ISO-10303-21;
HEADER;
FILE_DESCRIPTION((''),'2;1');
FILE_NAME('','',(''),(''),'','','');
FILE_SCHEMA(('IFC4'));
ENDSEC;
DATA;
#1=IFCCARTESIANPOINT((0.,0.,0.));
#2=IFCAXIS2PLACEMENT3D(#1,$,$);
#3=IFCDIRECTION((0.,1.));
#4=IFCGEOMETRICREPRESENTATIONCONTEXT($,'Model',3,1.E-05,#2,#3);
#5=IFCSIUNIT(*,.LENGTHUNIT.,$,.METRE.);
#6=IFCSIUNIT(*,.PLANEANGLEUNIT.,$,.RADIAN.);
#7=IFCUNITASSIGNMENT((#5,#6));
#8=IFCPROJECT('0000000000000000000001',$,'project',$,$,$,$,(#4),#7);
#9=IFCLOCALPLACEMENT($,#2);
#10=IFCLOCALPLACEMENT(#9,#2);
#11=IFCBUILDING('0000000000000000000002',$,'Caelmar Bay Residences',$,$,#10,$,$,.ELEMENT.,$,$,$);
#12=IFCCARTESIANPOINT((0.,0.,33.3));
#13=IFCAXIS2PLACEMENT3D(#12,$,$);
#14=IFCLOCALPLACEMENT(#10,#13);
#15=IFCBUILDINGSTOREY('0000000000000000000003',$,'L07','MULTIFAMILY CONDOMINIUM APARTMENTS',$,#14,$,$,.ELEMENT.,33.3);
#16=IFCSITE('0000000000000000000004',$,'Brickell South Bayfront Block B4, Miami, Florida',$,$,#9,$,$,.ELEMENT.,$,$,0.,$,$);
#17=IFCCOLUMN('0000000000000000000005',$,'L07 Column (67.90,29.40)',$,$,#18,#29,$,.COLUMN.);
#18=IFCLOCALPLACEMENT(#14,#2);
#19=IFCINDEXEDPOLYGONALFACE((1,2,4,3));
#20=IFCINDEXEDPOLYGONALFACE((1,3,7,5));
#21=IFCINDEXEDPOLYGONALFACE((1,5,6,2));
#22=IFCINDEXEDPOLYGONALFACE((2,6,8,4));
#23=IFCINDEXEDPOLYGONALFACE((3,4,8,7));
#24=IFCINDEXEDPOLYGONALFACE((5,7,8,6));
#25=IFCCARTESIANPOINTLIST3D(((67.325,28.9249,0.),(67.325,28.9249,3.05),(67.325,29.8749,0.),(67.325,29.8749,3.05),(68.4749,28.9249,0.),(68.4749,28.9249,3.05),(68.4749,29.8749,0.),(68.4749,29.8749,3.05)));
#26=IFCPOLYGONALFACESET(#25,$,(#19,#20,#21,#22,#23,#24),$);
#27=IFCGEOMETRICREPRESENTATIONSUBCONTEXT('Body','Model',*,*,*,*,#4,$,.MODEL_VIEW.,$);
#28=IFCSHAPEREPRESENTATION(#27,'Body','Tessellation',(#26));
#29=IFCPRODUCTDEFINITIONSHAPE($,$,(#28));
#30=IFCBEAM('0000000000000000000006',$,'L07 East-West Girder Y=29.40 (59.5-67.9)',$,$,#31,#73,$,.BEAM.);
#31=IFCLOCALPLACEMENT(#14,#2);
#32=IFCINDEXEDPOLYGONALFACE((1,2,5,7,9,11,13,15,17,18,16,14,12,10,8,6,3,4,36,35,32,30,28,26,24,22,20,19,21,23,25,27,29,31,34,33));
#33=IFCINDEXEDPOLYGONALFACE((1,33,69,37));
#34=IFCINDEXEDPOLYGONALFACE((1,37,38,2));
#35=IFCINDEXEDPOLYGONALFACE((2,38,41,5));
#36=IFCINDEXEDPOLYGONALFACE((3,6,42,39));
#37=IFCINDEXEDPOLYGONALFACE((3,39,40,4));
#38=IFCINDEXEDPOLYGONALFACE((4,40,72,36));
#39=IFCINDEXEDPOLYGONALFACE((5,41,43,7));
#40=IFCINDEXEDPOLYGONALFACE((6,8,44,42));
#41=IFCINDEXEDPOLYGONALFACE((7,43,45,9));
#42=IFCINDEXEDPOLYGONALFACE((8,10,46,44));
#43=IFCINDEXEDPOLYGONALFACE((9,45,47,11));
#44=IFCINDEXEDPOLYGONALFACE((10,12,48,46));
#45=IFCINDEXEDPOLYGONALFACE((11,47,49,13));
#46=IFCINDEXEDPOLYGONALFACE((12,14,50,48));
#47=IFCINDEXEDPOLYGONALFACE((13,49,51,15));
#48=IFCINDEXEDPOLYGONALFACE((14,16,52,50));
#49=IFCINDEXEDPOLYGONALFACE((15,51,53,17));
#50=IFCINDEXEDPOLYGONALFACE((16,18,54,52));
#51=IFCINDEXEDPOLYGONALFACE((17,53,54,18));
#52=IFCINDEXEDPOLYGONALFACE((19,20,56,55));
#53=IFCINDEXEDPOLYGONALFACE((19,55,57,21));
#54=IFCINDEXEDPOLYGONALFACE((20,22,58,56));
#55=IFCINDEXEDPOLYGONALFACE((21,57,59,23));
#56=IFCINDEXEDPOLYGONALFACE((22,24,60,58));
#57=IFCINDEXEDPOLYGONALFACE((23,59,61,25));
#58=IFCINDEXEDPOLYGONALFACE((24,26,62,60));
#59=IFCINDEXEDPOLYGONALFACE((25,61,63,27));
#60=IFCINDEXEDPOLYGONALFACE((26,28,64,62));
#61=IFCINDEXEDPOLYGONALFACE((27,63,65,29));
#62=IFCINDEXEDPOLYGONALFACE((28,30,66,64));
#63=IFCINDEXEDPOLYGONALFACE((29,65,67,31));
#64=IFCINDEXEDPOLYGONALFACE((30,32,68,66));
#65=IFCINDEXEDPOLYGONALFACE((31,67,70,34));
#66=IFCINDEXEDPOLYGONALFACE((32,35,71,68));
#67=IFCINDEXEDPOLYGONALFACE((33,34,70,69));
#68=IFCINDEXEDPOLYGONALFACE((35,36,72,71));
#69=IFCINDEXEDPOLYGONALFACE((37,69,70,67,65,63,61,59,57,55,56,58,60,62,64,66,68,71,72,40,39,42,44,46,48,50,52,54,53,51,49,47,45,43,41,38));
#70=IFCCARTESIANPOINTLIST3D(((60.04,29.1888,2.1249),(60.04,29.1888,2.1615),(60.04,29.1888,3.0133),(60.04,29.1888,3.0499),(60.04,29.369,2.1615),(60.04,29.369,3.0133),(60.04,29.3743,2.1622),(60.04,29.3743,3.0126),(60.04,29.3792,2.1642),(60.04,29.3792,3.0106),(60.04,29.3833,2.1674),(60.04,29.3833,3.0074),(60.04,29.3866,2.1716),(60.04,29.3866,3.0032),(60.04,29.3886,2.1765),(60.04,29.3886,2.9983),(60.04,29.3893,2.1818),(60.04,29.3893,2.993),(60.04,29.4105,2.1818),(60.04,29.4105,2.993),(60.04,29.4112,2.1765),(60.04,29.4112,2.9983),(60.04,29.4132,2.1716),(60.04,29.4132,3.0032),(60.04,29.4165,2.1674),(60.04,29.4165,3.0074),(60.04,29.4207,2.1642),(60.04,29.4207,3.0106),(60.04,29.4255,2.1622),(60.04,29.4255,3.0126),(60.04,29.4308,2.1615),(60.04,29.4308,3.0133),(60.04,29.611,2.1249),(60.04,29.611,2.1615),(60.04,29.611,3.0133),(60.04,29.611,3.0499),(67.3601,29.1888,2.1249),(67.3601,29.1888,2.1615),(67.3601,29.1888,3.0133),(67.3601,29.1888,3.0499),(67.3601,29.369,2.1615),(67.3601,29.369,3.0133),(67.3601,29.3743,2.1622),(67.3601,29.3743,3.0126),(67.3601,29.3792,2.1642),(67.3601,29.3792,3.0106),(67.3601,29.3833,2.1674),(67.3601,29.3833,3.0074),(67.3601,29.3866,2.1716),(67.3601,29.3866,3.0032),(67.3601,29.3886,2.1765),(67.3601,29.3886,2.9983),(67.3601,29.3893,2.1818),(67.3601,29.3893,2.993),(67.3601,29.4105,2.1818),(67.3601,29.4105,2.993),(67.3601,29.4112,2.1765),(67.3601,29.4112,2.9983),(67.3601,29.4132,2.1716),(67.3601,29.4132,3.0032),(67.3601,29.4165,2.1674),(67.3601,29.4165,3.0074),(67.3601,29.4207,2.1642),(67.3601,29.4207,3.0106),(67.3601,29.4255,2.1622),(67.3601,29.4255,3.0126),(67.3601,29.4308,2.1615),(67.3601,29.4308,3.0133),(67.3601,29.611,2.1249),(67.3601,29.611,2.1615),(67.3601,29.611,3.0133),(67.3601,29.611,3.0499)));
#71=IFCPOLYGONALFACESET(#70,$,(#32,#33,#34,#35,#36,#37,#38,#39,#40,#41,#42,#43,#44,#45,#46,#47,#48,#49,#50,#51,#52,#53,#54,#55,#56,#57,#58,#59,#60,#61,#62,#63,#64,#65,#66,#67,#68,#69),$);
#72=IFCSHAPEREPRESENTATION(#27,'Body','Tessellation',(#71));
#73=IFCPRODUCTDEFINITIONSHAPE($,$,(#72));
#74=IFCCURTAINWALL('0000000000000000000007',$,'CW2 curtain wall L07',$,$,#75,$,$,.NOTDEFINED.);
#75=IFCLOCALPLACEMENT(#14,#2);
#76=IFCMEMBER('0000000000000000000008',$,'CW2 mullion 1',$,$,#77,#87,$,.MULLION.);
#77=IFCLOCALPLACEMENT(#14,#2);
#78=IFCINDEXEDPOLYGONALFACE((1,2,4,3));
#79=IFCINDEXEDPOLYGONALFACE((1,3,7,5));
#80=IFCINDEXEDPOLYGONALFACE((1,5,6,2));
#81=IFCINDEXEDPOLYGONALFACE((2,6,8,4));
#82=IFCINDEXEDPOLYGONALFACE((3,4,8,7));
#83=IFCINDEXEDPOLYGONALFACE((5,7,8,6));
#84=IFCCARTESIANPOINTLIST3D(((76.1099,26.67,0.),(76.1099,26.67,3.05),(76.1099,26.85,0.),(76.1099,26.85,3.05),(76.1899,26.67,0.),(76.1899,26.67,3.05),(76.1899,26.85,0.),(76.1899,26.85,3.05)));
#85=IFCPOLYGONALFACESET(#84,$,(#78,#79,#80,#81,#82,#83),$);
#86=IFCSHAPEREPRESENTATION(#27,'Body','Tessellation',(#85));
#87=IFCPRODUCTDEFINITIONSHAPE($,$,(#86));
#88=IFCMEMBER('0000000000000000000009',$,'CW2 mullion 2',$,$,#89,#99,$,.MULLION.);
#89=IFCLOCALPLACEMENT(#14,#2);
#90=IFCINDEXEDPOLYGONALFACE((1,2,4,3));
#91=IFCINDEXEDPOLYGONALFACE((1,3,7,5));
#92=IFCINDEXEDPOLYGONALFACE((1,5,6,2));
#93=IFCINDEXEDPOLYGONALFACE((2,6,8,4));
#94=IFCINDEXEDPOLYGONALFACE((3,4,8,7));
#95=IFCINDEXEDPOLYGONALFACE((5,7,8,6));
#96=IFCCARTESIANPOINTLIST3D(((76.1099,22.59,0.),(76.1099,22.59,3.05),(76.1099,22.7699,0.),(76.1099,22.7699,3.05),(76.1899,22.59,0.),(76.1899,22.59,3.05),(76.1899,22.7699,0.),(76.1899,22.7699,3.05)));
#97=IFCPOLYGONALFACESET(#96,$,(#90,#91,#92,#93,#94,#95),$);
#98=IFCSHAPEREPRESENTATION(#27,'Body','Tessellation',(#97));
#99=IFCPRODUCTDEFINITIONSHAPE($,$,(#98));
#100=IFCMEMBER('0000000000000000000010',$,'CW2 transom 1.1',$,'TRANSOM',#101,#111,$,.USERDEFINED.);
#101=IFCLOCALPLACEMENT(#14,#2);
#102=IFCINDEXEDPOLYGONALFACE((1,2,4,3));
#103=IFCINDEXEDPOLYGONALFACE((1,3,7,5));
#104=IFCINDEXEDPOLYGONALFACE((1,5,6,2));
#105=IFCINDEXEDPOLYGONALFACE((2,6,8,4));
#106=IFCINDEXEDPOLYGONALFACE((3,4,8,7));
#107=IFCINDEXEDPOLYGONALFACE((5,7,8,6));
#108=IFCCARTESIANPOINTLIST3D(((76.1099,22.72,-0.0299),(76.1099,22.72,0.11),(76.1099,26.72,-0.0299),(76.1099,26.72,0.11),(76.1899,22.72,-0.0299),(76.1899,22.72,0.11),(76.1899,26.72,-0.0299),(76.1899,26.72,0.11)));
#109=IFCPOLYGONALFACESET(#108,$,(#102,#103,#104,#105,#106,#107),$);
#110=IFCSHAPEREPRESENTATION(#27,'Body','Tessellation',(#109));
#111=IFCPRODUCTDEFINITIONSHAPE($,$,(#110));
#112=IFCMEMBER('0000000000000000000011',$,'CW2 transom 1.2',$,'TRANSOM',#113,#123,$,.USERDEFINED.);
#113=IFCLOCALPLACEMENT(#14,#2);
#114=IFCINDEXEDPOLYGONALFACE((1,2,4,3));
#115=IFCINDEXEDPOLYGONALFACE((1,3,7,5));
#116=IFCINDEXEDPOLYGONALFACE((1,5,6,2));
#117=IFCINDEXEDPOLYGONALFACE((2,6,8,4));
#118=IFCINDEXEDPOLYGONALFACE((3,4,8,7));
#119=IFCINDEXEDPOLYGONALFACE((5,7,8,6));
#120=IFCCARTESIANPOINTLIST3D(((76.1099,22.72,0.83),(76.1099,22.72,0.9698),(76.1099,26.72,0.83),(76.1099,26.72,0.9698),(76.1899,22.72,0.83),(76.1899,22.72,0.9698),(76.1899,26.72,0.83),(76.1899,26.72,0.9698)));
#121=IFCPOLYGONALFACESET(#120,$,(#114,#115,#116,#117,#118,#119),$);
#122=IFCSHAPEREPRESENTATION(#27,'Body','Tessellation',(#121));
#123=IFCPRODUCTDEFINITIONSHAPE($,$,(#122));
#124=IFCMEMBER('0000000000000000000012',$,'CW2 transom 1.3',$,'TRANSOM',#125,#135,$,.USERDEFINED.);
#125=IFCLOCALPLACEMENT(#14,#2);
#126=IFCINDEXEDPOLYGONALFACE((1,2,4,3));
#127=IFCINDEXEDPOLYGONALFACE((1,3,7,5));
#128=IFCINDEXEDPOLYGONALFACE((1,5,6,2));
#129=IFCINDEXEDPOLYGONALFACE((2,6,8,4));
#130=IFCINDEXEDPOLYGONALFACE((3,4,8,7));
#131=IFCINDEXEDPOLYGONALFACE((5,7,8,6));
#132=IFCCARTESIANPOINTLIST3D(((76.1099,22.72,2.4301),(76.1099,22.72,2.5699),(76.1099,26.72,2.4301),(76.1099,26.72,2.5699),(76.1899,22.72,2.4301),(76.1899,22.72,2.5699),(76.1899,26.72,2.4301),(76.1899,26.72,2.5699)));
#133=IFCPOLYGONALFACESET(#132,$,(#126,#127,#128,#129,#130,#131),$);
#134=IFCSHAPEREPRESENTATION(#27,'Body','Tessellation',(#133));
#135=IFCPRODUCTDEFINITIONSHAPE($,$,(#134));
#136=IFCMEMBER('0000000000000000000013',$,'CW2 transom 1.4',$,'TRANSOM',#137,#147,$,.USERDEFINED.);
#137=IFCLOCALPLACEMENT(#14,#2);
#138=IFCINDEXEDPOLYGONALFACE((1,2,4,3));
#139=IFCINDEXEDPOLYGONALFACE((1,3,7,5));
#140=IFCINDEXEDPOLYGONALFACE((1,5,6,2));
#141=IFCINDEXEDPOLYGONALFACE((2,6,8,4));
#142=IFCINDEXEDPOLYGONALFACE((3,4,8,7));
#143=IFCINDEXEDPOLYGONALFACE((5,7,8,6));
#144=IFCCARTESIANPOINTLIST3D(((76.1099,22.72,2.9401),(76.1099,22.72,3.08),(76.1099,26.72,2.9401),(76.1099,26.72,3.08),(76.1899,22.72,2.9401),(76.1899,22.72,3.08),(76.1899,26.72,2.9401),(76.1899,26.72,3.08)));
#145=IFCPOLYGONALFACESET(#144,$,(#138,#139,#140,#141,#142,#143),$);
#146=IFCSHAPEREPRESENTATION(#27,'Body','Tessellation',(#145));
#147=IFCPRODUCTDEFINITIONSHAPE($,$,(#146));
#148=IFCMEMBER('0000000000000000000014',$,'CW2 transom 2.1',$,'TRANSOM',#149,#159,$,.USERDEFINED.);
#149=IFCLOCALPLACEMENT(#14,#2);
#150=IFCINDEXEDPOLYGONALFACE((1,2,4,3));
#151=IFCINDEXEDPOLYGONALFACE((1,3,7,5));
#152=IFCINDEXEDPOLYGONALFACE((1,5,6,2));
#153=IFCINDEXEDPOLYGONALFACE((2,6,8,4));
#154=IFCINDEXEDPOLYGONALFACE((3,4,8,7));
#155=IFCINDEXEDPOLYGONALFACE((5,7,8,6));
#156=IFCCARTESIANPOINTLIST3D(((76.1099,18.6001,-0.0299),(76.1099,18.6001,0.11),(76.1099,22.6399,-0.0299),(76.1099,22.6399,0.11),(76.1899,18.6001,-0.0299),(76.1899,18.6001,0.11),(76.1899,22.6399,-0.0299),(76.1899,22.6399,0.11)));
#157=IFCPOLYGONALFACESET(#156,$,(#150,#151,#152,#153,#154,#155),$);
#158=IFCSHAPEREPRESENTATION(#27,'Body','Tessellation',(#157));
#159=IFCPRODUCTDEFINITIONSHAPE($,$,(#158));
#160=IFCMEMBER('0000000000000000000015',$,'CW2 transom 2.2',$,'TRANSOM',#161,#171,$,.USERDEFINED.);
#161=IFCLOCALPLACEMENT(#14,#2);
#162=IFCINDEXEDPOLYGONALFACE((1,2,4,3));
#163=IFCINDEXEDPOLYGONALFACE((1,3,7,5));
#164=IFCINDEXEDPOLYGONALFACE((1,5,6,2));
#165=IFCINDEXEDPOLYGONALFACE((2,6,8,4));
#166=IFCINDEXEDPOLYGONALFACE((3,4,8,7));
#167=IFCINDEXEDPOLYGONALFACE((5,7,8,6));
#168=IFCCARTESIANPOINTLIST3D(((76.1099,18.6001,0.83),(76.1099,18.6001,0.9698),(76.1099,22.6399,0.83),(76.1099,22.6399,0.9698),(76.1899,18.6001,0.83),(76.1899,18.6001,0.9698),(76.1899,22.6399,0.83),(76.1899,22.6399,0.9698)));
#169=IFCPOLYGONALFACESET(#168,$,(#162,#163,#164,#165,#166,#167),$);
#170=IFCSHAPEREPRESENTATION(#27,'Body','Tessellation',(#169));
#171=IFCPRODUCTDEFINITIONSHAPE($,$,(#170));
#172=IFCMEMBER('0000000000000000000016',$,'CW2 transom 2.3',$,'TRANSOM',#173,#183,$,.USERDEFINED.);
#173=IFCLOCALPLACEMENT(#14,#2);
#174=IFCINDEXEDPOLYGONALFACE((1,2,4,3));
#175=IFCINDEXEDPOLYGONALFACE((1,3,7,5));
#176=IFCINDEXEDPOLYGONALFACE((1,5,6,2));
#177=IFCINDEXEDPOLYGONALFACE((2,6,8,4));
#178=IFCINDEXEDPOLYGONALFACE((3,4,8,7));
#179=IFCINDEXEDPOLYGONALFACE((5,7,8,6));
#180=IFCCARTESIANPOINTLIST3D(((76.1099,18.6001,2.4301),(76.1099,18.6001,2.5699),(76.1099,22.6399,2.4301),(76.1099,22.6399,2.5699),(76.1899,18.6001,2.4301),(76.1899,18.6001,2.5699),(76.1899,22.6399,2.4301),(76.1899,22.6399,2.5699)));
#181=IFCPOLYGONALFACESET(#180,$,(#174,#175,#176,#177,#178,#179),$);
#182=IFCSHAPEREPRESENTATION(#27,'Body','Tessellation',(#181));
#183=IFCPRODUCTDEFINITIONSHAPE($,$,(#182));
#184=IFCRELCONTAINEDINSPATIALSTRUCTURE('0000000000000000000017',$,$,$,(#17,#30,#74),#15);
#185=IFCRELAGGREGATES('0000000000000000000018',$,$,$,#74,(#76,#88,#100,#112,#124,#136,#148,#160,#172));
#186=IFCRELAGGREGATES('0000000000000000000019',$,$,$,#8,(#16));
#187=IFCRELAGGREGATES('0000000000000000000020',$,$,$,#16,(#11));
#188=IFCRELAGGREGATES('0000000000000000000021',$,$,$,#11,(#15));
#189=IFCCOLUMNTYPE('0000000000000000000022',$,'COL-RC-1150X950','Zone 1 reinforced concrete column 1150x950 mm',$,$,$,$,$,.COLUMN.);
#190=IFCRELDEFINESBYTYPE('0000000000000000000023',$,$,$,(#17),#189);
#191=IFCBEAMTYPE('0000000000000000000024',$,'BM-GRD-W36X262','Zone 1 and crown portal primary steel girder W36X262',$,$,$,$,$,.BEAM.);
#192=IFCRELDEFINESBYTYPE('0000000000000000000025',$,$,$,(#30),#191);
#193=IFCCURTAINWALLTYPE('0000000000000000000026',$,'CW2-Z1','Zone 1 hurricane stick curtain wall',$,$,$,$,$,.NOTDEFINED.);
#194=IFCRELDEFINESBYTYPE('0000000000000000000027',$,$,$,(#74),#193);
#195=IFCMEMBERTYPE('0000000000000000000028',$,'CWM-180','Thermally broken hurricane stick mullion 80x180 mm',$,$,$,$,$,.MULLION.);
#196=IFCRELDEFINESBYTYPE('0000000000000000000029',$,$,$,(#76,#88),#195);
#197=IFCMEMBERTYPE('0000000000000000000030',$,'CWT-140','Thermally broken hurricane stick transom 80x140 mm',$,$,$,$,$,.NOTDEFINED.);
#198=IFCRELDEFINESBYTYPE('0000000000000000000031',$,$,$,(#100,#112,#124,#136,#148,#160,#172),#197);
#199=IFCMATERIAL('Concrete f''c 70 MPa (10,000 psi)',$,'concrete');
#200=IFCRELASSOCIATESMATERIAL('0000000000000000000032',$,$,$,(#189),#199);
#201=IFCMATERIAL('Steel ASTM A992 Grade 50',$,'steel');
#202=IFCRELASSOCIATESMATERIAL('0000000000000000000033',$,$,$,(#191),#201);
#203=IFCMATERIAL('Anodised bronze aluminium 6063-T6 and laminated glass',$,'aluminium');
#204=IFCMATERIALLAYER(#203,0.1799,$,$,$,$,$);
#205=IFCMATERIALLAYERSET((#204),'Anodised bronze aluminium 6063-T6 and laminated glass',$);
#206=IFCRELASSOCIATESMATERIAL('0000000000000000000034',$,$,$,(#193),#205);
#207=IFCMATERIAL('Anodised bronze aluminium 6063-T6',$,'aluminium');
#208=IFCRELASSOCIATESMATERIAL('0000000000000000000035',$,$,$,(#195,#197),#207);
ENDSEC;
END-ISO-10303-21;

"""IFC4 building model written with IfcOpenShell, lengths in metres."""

from ifc_helpers import new_model, si_unit, direction, frame, origin, origin_2d, place, context, subcontext, project, spatial, rectangle, i_section, extrude, material, layer, layer_set, material_profile, profile_set, type_object, element, aggregate, save


model = new_model("IFC4")

# Units and contexts
model_context = context("Model", 3, precision=1e-05, world=origin(), true_north=direction((0.0, 1.0)))
body_context = subcontext(model_context, "Body", "Model", "MODEL_VIEW")
ifc_project = project(units=[si_unit("LENGTHUNIT", "METRE"), si_unit("PLANEANGLEUNIT", "RADIAN")], contexts=[model_context])

# Site, building, storey
site_placement = place(None, origin())
site = spatial("IfcSite", under=ifc_project, at=site_placement, Name="Brickell South Bayfront Block B4, Miami, Florida", CompositionType="ELEMENT", RefElevation=0.0)
building_placement = place(site_placement, origin())
building = spatial("IfcBuilding", under=site, at=building_placement, Name="Caelmar Bay Residences", CompositionType="ELEMENT")
storey_placement = place(building_placement, frame((0.0, 0.0, 33.3)))
storey = spatial("IfcBuildingStorey", under=building, at=storey_placement, Name="L07", Description="MULTIFAMILY CONDOMINIUM APARTMENTS", CompositionType="ELEMENT", Elevation=33.3)

# Column
ifc_material_1 = material(Name="Concrete f'c 70 MPa (10,000 psi)", Category="concrete")
ifc_material_profile_1 = material_profile(ifc_material_1, rectangle(XDim=1.1499, YDim=0.95, at=origin_2d()), Name="RC-COL-1150X950")
ifc_profile_set_1 = profile_set([ifc_material_profile_1], Name="Concrete f'c 70 MPa (10,000 psi)")
column_type = type_object("IfcColumnType", Name="COL-RC-1150X950", Description="Zone 1 reinforced concrete column 1150x950 mm", PredefinedType="COLUMN", material=ifc_profile_set_1)
column_placement = place(storey_placement, frame((67.8999, 29.3999, 0.0), z_axis=(0.0, 0.0, 1.0), x_axis=(1.0, 0.0, 0.0)))
element("IfcColumn", 1, at=column_placement, inside=storey, type_object=column_type, Name="L07 Column (67.90,29.40)", PredefinedType="COLUMN", context=body_context, shape_type="SweptSolid", body=[
    extrude(rectangle(XDim=1.1499, YDim=0.95, at=origin_2d()), origin(), (0.0, 0.0, 1.0), 3.05),
])

# Beam
ifc_material_2 = material(Name="Steel ASTM A992 Grade 50", Category="steel")
ifc_material_profile_2 = material_profile(ifc_material_2, i_section(OverallWidth=0.4221, OverallDepth=0.925, WebThickness=0.0212, FlangeThickness=0.0366, FilletRadius=0.0203, at=origin_2d()), Name="W36X262")
ifc_profile_set_2 = profile_set([ifc_material_profile_2], Name="Steel ASTM A992 Grade 50")
beam_type = type_object("IfcBeamType", Name="BM-GRD-W36X262", Description="Zone 1 and crown portal primary steel girder W36X262", PredefinedType="BEAM", material=ifc_profile_set_2)
beam_placement = place(storey_placement, frame((60.04, 29.3999, 2.5874), z_axis=(1.0, 0.0, 0.0), x_axis=(0.0, 1.0, 0.0)))
element("IfcBeam", 2, at=beam_placement, inside=storey, type_object=beam_type, Name="L07 East-West Girder Y=29.40 (59.5-67.9)", PredefinedType="BEAM", context=body_context, shape_type="SweptSolid", body=[
    extrude(i_section(OverallWidth=0.4221, OverallDepth=0.925, WebThickness=0.0212, FlangeThickness=0.0366, FilletRadius=0.0203, at=origin_2d()), origin(), (0.0, 0.0, 1.0), 7.3201),
])

# Curtain wall, members
ifc_material_3 = material(Name="Anodised bronze aluminium 6063-T6 and laminated glass", Category="aluminium")
ifc_layer_1 = layer(ifc_material_3, 0.1799)
ifc_layer_set_1 = layer_set([ifc_layer_1], Name="Anodised bronze aluminium 6063-T6 and laminated glass")
curtain_wall_type = type_object("IfcCurtainWallType", Name="CW2-Z1", Description="Zone 1 hurricane stick curtain wall", PredefinedType="NOTDEFINED", material=ifc_layer_set_1)
curtain_wall_placement = place(storey_placement, origin())
curtain_wall = element("IfcCurtainWall", 3, at=curtain_wall_placement, inside=storey, type_object=curtain_wall_type, Name="CW2 curtain wall L07", PredefinedType="NOTDEFINED")
ifc_material_4 = material(Name="Anodised bronze aluminium 6063-T6", Category="aluminium")
ifc_material_profile_3 = material_profile(ifc_material_4, rectangle(XDim=0.0801, YDim=0.1799, at=origin_2d()), Name="CWM-80X180")
ifc_profile_set_3 = profile_set([ifc_material_profile_3], Name="Anodised bronze aluminium 6063-T6")
member_type_1 = type_object("IfcMemberType", Name="CWM-180", Description="Thermally broken hurricane stick mullion 80x180 mm", PredefinedType="MULLION", material=ifc_profile_set_3)
member_1_placement = place(storey_placement, frame((76.1499, 26.76, 0.0), z_axis=(0.0, 0.0, 1.0), x_axis=(1.0, 0.0, 0.0)))
member_1 = element("IfcMember", 4, at=member_1_placement, type_object=member_type_1, Name="CW2 mullion 1", PredefinedType="MULLION", context=body_context, shape_type="SweptSolid", body=[
    extrude(rectangle(XDim=0.0801, YDim=0.1799, at=origin_2d()), origin(), (0.0, 0.0, 1.0), 3.05),
])
member_2_placement = place(storey_placement, frame((76.1499, 22.6799, 0.0), z_axis=(0.0, 0.0, 1.0), x_axis=(1.0, 0.0, 0.0)))
member_2 = element("IfcMember", 5, at=member_2_placement, type_object=member_type_1, Name="CW2 mullion 2", PredefinedType="MULLION", context=body_context, shape_type="SweptSolid", body=[
    extrude(rectangle(XDim=0.0801, YDim=0.1799, at=origin_2d()), origin(), (0.0, 0.0, 1.0), 3.05),
])
ifc_material_profile_4 = material_profile(ifc_material_4, rectangle(XDim=0.0801, YDim=0.1399, at=origin_2d()), Name="CWT-80X140")
ifc_profile_set_4 = profile_set([ifc_material_profile_4], Name="Anodised bronze aluminium 6063-T6")
member_type_2 = type_object("IfcMemberType", Name="CWT-140", Description="Thermally broken hurricane stick transom 80x140 mm", PredefinedType="NOTDEFINED", material=ifc_profile_set_4)
member_3_placement = place(storey_placement, frame((76.1499, 26.72, 0.04), z_axis=(0.0, -1.0, 0.0), x_axis=(1.0, 0.0, 0.0)))
member_3 = element("IfcMember", 6, at=member_3_placement, type_object=member_type_2, Name="CW2 transom 1.1", ObjectType="TRANSOM", PredefinedType="USERDEFINED", context=body_context, shape_type="SweptSolid", body=[
    extrude(rectangle(XDim=0.0801, YDim=0.1399, at=origin_2d()), origin(), (0.0, 0.0, 1.0), 4.0),
])
member_4_placement = place(storey_placement, frame((76.1499, 26.72, 0.8999), z_axis=(0.0, -1.0, 0.0), x_axis=(1.0, 0.0, 0.0)))
member_4 = element("IfcMember", 7, at=member_4_placement, type_object=member_type_2, Name="CW2 transom 1.2", ObjectType="TRANSOM", PredefinedType="USERDEFINED", context=body_context, shape_type="SweptSolid", body=[
    extrude(rectangle(XDim=0.0801, YDim=0.1399, at=origin_2d()), origin(), (0.0, 0.0, 1.0), 4.0),
])
member_5_placement = place(storey_placement, frame((76.1499, 26.72, 2.5), z_axis=(0.0, -1.0, 0.0), x_axis=(1.0, 0.0, 0.0)))
member_5 = element("IfcMember", 8, at=member_5_placement, type_object=member_type_2, Name="CW2 transom 1.3", ObjectType="TRANSOM", PredefinedType="USERDEFINED", context=body_context, shape_type="SweptSolid", body=[
    extrude(rectangle(XDim=0.0801, YDim=0.1399, at=origin_2d()), origin(), (0.0, 0.0, 1.0), 4.0),
])
member_6_placement = place(storey_placement, frame((76.1499, 26.72, 3.01), z_axis=(0.0, -1.0, 0.0), x_axis=(1.0, 0.0, 0.0)))
member_6 = element("IfcMember", 9, at=member_6_placement, type_object=member_type_2, Name="CW2 transom 1.4", ObjectType="TRANSOM", PredefinedType="USERDEFINED", context=body_context, shape_type="SweptSolid", body=[
    extrude(rectangle(XDim=0.0801, YDim=0.1399, at=origin_2d()), origin(), (0.0, 0.0, 1.0), 4.0),
])
member_7_placement = place(storey_placement, frame((76.1499, 22.6399, 0.04), z_axis=(0.0, -1.0, 0.0), x_axis=(1.0, 0.0, 0.0)))
member_7 = element("IfcMember", 10, at=member_7_placement, type_object=member_type_2, Name="CW2 transom 2.1", ObjectType="TRANSOM", PredefinedType="USERDEFINED", context=body_context, shape_type="SweptSolid", body=[
    extrude(rectangle(XDim=0.0801, YDim=0.1399, at=origin_2d()), origin(), (0.0, 0.0, 1.0), 4.0398),
])
member_8_placement = place(storey_placement, frame((76.1499, 22.6399, 0.8999), z_axis=(0.0, -1.0, 0.0), x_axis=(1.0, 0.0, 0.0)))
member_8 = element("IfcMember", 11, at=member_8_placement, type_object=member_type_2, Name="CW2 transom 2.2", ObjectType="TRANSOM", PredefinedType="USERDEFINED", context=body_context, shape_type="SweptSolid", body=[
    extrude(rectangle(XDim=0.0801, YDim=0.1399, at=origin_2d()), origin(), (0.0, 0.0, 1.0), 4.0398),
])
member_9_placement = place(storey_placement, frame((76.1499, 22.6399, 2.5), z_axis=(0.0, -1.0, 0.0), x_axis=(1.0, 0.0, 0.0)))
member_9 = element("IfcMember", 12, at=member_9_placement, type_object=member_type_2, Name="CW2 transom 2.3", ObjectType="TRANSOM", PredefinedType="USERDEFINED", context=body_context, shape_type="SweptSolid", body=[
    extrude(rectangle(XDim=0.0801, YDim=0.1399, at=origin_2d()), origin(), (0.0, 0.0, 1.0), 4.0398),
])
aggregate(curtain_wall, [member_1, member_2, member_3, member_4, member_5, member_6, member_7, member_8, member_9])

save(model, "model.ifc")
